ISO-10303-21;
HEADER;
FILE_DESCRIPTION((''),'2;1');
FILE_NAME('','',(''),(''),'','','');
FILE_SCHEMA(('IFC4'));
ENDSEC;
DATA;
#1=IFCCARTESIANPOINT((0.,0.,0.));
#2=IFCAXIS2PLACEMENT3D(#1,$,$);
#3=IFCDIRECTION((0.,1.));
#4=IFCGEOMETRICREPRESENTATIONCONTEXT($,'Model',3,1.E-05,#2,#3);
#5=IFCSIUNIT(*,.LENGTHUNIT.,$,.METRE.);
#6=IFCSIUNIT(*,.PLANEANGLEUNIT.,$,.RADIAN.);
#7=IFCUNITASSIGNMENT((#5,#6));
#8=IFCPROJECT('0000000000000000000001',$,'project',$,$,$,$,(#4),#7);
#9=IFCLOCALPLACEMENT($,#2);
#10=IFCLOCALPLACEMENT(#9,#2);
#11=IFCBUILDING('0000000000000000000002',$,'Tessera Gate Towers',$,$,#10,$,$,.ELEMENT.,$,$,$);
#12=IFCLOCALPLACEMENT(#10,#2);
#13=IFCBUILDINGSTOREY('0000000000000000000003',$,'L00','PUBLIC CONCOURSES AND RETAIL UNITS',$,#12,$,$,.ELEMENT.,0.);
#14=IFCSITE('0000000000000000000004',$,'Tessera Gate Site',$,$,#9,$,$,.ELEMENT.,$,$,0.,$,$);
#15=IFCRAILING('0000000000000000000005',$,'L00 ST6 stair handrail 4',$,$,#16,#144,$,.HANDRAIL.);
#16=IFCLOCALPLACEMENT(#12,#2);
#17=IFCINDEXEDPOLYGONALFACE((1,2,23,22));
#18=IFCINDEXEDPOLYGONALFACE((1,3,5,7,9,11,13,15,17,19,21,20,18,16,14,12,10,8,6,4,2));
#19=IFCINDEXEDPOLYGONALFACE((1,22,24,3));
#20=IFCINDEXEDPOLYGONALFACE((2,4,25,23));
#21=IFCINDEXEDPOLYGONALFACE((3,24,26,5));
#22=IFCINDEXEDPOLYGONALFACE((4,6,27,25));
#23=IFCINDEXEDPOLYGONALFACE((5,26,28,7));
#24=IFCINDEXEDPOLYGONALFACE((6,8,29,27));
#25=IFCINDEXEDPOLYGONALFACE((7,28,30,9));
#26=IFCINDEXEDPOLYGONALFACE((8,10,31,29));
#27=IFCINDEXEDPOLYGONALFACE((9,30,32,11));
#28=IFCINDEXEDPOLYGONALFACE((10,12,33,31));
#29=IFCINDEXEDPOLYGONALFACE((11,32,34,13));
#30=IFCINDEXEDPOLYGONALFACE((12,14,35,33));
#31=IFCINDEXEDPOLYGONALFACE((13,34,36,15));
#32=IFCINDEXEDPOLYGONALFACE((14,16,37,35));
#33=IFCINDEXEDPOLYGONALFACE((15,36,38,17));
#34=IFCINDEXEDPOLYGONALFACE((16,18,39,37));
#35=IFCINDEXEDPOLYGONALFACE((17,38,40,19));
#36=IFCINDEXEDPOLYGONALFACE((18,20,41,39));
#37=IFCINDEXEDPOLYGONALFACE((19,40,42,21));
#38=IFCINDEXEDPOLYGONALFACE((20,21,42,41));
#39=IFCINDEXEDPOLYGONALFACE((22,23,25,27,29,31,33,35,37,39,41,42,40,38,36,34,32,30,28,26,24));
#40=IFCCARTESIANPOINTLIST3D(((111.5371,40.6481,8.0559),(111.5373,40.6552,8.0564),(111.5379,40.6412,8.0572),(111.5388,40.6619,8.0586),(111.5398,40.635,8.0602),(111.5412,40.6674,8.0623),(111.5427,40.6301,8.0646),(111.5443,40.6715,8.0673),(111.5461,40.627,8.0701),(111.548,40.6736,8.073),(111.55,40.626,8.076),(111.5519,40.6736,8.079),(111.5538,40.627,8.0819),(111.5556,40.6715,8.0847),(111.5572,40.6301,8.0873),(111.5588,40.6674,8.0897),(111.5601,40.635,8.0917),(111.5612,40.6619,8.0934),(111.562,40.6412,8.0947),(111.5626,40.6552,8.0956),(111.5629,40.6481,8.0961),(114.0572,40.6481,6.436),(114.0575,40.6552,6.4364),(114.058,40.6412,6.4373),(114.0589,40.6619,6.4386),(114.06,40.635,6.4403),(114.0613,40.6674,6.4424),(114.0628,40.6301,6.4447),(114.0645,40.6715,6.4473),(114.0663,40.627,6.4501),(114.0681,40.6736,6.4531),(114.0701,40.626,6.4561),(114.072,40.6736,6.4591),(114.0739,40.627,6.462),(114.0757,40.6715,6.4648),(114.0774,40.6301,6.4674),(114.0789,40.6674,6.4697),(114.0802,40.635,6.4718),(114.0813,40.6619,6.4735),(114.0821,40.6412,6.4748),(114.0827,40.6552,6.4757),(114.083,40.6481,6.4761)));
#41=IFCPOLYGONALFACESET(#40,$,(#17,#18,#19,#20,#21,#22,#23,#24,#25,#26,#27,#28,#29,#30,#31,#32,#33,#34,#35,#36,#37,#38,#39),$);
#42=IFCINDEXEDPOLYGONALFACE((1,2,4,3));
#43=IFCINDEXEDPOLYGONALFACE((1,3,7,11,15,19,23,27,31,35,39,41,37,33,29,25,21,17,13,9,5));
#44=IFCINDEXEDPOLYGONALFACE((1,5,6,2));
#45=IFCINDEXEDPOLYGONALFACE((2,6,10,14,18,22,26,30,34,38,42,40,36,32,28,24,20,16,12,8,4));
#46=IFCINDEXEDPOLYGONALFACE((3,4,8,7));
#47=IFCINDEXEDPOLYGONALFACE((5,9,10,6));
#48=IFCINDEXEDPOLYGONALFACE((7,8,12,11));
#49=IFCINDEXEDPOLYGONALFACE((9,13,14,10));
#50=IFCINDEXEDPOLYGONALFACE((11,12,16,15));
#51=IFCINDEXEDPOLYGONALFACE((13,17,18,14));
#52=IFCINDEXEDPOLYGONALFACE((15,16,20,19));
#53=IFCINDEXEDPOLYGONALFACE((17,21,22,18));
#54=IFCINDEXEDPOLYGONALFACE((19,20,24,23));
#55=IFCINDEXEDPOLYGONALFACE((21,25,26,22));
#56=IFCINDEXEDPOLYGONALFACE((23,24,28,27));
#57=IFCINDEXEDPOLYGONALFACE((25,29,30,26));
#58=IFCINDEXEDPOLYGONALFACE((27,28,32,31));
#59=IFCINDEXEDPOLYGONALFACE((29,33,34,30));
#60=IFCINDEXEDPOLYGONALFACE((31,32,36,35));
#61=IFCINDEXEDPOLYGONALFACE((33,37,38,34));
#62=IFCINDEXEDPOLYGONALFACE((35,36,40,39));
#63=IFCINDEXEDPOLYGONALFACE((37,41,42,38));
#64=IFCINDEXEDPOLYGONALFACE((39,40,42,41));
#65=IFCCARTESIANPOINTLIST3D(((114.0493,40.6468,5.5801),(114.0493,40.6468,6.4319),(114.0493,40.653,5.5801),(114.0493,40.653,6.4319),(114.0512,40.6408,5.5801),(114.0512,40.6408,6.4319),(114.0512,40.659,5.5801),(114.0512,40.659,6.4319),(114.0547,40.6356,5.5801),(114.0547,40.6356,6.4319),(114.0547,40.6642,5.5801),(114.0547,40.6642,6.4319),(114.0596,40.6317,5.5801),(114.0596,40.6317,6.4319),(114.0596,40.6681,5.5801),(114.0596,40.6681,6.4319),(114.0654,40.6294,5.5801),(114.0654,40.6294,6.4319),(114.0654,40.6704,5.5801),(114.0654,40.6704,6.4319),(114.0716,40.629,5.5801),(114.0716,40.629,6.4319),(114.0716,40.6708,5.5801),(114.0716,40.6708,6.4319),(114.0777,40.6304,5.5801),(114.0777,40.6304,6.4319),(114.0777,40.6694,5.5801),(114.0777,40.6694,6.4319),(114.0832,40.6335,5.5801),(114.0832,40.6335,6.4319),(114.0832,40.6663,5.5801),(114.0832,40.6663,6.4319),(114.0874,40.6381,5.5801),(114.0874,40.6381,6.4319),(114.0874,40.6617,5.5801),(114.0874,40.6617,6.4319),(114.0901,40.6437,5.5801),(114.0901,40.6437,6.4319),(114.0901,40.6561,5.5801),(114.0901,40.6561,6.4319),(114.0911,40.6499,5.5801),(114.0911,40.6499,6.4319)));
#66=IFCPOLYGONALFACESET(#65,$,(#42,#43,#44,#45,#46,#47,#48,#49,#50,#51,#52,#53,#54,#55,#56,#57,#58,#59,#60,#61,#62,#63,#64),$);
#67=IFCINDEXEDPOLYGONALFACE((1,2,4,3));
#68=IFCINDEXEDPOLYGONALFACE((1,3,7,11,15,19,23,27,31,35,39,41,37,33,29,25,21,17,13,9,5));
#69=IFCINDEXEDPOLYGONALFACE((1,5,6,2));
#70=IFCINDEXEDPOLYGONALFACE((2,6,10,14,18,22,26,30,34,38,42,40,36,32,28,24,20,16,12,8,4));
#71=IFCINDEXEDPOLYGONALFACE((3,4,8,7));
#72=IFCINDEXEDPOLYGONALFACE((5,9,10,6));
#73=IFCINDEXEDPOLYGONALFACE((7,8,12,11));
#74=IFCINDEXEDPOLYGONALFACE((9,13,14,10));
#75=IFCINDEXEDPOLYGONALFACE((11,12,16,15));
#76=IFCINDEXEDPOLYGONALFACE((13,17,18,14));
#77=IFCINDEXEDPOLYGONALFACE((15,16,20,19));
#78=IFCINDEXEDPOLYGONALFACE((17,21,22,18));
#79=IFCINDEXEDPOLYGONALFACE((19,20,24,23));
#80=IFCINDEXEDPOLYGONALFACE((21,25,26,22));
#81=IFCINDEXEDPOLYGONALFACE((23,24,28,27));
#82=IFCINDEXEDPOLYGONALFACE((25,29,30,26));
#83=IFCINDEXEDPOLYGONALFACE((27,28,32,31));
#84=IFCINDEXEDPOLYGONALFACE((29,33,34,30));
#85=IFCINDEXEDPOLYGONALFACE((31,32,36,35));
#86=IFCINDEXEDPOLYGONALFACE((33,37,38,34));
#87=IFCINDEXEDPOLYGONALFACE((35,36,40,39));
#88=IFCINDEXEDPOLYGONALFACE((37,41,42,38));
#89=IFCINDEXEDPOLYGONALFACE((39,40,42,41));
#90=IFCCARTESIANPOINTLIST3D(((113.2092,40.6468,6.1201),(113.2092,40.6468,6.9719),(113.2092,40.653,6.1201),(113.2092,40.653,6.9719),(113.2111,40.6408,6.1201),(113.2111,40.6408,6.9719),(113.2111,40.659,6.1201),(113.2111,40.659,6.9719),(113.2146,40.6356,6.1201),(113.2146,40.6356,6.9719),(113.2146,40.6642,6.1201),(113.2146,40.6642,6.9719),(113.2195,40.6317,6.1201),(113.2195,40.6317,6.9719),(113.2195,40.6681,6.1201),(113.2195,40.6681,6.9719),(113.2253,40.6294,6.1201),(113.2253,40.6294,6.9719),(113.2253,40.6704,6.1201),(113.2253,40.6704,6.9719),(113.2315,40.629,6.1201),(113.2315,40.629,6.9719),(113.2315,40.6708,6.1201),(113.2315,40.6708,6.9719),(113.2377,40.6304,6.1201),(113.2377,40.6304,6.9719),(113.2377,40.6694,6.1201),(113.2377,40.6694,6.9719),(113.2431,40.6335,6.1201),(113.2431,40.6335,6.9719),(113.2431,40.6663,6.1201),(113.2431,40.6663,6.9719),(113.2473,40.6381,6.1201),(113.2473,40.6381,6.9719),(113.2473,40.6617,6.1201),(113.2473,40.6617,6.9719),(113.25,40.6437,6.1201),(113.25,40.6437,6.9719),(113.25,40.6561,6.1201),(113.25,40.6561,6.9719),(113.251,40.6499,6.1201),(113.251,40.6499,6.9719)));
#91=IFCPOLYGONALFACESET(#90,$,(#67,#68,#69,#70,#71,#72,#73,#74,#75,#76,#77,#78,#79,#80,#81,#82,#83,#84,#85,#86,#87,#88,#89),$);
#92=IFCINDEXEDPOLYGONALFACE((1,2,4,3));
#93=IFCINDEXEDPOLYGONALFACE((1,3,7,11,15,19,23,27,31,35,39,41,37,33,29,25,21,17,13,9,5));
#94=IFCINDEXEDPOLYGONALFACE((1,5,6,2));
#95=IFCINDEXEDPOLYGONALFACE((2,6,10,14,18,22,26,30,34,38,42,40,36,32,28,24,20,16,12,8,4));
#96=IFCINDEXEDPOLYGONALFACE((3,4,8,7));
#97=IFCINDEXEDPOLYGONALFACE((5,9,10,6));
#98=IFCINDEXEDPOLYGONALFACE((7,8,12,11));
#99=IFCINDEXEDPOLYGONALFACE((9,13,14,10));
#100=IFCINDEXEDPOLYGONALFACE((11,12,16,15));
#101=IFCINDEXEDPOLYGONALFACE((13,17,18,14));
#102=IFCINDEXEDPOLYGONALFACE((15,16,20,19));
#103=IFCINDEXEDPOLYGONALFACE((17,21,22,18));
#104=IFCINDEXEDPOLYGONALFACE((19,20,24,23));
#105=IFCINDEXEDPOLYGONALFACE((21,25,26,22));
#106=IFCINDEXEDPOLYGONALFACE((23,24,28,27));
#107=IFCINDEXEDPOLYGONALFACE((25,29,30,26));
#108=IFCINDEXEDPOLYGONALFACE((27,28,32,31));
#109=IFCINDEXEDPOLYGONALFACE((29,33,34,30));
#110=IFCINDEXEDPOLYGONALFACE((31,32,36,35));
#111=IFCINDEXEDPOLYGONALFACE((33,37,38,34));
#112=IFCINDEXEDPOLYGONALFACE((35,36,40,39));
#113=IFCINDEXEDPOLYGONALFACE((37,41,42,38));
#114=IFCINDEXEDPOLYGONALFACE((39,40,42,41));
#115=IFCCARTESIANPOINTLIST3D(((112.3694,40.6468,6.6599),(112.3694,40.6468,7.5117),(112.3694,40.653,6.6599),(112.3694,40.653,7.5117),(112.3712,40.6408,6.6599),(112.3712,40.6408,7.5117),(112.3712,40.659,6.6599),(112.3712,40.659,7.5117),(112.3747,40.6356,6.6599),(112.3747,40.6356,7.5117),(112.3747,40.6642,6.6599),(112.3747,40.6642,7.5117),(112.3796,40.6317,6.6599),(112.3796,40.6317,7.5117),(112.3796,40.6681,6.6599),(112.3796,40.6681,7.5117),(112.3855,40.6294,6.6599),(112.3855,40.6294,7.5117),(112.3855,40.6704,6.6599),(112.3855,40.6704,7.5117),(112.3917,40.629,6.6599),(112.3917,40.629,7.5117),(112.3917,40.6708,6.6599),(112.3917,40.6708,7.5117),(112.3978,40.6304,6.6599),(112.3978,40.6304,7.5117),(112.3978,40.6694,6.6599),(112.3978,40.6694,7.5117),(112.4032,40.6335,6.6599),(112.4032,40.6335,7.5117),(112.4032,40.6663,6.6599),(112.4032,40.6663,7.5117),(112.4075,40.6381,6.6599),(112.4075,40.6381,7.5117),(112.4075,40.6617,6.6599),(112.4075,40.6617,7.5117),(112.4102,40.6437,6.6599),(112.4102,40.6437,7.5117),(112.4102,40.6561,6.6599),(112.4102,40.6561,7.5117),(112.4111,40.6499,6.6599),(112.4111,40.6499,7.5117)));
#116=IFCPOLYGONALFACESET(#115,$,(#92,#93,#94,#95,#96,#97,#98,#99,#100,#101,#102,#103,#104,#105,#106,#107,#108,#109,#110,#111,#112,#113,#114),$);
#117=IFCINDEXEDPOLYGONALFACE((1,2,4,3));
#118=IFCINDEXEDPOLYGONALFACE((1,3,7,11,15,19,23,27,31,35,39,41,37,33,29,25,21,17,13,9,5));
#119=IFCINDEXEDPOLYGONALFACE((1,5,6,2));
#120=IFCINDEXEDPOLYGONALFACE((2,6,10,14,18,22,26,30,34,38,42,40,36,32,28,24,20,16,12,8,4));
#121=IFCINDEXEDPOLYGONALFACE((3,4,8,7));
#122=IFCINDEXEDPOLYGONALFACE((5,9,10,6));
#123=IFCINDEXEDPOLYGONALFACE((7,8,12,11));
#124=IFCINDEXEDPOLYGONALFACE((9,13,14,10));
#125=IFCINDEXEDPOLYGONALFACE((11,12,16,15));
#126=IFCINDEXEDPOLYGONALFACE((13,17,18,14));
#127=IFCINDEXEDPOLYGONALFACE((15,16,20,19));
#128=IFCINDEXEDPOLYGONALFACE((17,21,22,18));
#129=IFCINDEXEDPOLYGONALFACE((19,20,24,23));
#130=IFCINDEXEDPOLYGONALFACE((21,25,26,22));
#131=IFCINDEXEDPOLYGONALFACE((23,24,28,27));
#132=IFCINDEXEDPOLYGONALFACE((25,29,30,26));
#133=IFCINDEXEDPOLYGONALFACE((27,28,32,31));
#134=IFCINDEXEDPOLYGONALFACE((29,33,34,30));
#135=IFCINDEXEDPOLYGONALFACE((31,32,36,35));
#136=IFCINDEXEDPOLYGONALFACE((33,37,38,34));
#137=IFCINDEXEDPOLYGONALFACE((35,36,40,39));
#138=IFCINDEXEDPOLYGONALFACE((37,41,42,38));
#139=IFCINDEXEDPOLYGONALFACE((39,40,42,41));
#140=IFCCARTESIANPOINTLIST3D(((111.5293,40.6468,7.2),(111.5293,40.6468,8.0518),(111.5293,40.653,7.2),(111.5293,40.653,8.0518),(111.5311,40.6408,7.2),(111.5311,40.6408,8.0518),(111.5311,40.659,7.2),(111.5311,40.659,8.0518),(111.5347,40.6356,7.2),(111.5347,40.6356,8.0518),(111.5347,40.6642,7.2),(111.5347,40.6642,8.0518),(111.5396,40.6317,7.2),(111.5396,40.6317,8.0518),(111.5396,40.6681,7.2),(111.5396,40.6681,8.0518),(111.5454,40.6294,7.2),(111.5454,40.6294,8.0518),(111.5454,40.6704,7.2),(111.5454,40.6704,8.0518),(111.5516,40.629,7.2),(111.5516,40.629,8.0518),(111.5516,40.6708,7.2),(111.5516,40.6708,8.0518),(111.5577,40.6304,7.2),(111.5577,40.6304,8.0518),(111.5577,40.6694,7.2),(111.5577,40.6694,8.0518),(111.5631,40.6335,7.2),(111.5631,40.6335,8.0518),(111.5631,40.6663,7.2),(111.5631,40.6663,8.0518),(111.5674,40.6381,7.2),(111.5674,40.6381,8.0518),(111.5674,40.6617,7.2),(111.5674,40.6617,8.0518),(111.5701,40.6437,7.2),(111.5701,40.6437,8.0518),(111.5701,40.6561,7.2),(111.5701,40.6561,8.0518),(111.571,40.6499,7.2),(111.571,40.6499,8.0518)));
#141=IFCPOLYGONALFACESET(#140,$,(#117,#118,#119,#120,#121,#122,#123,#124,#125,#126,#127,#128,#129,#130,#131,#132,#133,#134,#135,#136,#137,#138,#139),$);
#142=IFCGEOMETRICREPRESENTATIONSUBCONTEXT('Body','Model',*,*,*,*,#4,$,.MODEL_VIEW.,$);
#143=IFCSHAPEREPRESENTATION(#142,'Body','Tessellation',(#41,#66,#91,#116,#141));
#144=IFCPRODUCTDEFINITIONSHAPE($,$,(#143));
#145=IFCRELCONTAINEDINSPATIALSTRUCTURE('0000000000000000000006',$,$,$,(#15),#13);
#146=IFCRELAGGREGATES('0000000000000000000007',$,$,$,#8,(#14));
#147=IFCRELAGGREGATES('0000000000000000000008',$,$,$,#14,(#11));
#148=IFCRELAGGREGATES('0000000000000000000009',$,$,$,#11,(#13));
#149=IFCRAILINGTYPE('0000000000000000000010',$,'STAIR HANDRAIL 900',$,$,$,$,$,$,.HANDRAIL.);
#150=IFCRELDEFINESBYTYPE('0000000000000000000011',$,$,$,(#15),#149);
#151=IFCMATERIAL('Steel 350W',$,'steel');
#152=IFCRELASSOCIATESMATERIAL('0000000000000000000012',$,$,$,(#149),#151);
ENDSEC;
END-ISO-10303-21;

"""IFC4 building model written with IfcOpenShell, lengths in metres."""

from ifc_helpers import new_model, si_unit, direction, frame, origin, origin_2d, place, context, subcontext, project, spatial, circle, extrude, material, type_object, element, save


model = new_model("IFC4")

# Units and contexts
model_context = context("Model", 3, precision=1e-05, world=origin(), true_north=direction((0.0, 1.0)))
body_context = subcontext(model_context, "Body", "Model", "MODEL_VIEW")
ifc_project = project(units=[si_unit("LENGTHUNIT", "METRE"), si_unit("PLANEANGLEUNIT", "RADIAN")], contexts=[model_context])

# Site, building, storey
site_placement = place(None, origin())
site = spatial("IfcSite", under=ifc_project, at=site_placement, Name="Tessera Gate Site", CompositionType="ELEMENT", RefElevation=0.0)
building_placement = place(site_placement, origin())
building = spatial("IfcBuilding", under=site, at=building_placement, Name="Tessera Gate Towers", CompositionType="ELEMENT")
storey_placement = place(building_placement, origin())
storey = spatial("IfcBuildingStorey", under=building, at=storey_placement, Name="L00", Description="PUBLIC CONCOURSES AND RETAIL UNITS", CompositionType="ELEMENT", Elevation=0.0)

# Railing
ifc_material_1 = material(Name="Steel 350W", Category="steel")
railing_type_1 = type_object("IfcRailingType", Name="STAIR HANDRAIL 900", PredefinedType="HANDRAIL", material=ifc_material_1)
railing_1_placement = place(storey_placement, frame((114.0701, 40.6499, 5.5801)))
element("IfcRailing", 1, at=railing_1_placement, inside=storey, type_object=railing_type_1, Name="L00 ST6 stair handrail 4", PredefinedType="HANDRAIL", context=body_context, shape_type="SweptSolid", body=[
    extrude(circle(Radius=0.0239, at=origin_2d()), frame((0.0, 0.0, 0.876), z_axis=(-0.8412, 0.0, 0.540725), x_axis=(0.0, -1.0, 0.0)), (0.0, 0.0, 1.0), 2.9958),
    extrude(circle(Radius=0.021, at=origin_2d()), origin(), (0.0, 0.0, 1.0), 0.8518),
    extrude(circle(Radius=0.021, at=origin_2d()), frame((-0.8401, 0.0, 0.54)), (0.0, 0.0, 1.0), 0.8518),
    extrude(circle(Radius=0.021, at=origin_2d()), frame((-1.6799, 0.0, 1.0798)), (0.0, 0.0, 1.0), 0.8518),
    extrude(circle(Radius=0.021, at=origin_2d()), frame((-2.52, 0.0, 1.6199)), (0.0, 0.0, 1.0), 0.8518),
])

save(model, "model.ifc")
